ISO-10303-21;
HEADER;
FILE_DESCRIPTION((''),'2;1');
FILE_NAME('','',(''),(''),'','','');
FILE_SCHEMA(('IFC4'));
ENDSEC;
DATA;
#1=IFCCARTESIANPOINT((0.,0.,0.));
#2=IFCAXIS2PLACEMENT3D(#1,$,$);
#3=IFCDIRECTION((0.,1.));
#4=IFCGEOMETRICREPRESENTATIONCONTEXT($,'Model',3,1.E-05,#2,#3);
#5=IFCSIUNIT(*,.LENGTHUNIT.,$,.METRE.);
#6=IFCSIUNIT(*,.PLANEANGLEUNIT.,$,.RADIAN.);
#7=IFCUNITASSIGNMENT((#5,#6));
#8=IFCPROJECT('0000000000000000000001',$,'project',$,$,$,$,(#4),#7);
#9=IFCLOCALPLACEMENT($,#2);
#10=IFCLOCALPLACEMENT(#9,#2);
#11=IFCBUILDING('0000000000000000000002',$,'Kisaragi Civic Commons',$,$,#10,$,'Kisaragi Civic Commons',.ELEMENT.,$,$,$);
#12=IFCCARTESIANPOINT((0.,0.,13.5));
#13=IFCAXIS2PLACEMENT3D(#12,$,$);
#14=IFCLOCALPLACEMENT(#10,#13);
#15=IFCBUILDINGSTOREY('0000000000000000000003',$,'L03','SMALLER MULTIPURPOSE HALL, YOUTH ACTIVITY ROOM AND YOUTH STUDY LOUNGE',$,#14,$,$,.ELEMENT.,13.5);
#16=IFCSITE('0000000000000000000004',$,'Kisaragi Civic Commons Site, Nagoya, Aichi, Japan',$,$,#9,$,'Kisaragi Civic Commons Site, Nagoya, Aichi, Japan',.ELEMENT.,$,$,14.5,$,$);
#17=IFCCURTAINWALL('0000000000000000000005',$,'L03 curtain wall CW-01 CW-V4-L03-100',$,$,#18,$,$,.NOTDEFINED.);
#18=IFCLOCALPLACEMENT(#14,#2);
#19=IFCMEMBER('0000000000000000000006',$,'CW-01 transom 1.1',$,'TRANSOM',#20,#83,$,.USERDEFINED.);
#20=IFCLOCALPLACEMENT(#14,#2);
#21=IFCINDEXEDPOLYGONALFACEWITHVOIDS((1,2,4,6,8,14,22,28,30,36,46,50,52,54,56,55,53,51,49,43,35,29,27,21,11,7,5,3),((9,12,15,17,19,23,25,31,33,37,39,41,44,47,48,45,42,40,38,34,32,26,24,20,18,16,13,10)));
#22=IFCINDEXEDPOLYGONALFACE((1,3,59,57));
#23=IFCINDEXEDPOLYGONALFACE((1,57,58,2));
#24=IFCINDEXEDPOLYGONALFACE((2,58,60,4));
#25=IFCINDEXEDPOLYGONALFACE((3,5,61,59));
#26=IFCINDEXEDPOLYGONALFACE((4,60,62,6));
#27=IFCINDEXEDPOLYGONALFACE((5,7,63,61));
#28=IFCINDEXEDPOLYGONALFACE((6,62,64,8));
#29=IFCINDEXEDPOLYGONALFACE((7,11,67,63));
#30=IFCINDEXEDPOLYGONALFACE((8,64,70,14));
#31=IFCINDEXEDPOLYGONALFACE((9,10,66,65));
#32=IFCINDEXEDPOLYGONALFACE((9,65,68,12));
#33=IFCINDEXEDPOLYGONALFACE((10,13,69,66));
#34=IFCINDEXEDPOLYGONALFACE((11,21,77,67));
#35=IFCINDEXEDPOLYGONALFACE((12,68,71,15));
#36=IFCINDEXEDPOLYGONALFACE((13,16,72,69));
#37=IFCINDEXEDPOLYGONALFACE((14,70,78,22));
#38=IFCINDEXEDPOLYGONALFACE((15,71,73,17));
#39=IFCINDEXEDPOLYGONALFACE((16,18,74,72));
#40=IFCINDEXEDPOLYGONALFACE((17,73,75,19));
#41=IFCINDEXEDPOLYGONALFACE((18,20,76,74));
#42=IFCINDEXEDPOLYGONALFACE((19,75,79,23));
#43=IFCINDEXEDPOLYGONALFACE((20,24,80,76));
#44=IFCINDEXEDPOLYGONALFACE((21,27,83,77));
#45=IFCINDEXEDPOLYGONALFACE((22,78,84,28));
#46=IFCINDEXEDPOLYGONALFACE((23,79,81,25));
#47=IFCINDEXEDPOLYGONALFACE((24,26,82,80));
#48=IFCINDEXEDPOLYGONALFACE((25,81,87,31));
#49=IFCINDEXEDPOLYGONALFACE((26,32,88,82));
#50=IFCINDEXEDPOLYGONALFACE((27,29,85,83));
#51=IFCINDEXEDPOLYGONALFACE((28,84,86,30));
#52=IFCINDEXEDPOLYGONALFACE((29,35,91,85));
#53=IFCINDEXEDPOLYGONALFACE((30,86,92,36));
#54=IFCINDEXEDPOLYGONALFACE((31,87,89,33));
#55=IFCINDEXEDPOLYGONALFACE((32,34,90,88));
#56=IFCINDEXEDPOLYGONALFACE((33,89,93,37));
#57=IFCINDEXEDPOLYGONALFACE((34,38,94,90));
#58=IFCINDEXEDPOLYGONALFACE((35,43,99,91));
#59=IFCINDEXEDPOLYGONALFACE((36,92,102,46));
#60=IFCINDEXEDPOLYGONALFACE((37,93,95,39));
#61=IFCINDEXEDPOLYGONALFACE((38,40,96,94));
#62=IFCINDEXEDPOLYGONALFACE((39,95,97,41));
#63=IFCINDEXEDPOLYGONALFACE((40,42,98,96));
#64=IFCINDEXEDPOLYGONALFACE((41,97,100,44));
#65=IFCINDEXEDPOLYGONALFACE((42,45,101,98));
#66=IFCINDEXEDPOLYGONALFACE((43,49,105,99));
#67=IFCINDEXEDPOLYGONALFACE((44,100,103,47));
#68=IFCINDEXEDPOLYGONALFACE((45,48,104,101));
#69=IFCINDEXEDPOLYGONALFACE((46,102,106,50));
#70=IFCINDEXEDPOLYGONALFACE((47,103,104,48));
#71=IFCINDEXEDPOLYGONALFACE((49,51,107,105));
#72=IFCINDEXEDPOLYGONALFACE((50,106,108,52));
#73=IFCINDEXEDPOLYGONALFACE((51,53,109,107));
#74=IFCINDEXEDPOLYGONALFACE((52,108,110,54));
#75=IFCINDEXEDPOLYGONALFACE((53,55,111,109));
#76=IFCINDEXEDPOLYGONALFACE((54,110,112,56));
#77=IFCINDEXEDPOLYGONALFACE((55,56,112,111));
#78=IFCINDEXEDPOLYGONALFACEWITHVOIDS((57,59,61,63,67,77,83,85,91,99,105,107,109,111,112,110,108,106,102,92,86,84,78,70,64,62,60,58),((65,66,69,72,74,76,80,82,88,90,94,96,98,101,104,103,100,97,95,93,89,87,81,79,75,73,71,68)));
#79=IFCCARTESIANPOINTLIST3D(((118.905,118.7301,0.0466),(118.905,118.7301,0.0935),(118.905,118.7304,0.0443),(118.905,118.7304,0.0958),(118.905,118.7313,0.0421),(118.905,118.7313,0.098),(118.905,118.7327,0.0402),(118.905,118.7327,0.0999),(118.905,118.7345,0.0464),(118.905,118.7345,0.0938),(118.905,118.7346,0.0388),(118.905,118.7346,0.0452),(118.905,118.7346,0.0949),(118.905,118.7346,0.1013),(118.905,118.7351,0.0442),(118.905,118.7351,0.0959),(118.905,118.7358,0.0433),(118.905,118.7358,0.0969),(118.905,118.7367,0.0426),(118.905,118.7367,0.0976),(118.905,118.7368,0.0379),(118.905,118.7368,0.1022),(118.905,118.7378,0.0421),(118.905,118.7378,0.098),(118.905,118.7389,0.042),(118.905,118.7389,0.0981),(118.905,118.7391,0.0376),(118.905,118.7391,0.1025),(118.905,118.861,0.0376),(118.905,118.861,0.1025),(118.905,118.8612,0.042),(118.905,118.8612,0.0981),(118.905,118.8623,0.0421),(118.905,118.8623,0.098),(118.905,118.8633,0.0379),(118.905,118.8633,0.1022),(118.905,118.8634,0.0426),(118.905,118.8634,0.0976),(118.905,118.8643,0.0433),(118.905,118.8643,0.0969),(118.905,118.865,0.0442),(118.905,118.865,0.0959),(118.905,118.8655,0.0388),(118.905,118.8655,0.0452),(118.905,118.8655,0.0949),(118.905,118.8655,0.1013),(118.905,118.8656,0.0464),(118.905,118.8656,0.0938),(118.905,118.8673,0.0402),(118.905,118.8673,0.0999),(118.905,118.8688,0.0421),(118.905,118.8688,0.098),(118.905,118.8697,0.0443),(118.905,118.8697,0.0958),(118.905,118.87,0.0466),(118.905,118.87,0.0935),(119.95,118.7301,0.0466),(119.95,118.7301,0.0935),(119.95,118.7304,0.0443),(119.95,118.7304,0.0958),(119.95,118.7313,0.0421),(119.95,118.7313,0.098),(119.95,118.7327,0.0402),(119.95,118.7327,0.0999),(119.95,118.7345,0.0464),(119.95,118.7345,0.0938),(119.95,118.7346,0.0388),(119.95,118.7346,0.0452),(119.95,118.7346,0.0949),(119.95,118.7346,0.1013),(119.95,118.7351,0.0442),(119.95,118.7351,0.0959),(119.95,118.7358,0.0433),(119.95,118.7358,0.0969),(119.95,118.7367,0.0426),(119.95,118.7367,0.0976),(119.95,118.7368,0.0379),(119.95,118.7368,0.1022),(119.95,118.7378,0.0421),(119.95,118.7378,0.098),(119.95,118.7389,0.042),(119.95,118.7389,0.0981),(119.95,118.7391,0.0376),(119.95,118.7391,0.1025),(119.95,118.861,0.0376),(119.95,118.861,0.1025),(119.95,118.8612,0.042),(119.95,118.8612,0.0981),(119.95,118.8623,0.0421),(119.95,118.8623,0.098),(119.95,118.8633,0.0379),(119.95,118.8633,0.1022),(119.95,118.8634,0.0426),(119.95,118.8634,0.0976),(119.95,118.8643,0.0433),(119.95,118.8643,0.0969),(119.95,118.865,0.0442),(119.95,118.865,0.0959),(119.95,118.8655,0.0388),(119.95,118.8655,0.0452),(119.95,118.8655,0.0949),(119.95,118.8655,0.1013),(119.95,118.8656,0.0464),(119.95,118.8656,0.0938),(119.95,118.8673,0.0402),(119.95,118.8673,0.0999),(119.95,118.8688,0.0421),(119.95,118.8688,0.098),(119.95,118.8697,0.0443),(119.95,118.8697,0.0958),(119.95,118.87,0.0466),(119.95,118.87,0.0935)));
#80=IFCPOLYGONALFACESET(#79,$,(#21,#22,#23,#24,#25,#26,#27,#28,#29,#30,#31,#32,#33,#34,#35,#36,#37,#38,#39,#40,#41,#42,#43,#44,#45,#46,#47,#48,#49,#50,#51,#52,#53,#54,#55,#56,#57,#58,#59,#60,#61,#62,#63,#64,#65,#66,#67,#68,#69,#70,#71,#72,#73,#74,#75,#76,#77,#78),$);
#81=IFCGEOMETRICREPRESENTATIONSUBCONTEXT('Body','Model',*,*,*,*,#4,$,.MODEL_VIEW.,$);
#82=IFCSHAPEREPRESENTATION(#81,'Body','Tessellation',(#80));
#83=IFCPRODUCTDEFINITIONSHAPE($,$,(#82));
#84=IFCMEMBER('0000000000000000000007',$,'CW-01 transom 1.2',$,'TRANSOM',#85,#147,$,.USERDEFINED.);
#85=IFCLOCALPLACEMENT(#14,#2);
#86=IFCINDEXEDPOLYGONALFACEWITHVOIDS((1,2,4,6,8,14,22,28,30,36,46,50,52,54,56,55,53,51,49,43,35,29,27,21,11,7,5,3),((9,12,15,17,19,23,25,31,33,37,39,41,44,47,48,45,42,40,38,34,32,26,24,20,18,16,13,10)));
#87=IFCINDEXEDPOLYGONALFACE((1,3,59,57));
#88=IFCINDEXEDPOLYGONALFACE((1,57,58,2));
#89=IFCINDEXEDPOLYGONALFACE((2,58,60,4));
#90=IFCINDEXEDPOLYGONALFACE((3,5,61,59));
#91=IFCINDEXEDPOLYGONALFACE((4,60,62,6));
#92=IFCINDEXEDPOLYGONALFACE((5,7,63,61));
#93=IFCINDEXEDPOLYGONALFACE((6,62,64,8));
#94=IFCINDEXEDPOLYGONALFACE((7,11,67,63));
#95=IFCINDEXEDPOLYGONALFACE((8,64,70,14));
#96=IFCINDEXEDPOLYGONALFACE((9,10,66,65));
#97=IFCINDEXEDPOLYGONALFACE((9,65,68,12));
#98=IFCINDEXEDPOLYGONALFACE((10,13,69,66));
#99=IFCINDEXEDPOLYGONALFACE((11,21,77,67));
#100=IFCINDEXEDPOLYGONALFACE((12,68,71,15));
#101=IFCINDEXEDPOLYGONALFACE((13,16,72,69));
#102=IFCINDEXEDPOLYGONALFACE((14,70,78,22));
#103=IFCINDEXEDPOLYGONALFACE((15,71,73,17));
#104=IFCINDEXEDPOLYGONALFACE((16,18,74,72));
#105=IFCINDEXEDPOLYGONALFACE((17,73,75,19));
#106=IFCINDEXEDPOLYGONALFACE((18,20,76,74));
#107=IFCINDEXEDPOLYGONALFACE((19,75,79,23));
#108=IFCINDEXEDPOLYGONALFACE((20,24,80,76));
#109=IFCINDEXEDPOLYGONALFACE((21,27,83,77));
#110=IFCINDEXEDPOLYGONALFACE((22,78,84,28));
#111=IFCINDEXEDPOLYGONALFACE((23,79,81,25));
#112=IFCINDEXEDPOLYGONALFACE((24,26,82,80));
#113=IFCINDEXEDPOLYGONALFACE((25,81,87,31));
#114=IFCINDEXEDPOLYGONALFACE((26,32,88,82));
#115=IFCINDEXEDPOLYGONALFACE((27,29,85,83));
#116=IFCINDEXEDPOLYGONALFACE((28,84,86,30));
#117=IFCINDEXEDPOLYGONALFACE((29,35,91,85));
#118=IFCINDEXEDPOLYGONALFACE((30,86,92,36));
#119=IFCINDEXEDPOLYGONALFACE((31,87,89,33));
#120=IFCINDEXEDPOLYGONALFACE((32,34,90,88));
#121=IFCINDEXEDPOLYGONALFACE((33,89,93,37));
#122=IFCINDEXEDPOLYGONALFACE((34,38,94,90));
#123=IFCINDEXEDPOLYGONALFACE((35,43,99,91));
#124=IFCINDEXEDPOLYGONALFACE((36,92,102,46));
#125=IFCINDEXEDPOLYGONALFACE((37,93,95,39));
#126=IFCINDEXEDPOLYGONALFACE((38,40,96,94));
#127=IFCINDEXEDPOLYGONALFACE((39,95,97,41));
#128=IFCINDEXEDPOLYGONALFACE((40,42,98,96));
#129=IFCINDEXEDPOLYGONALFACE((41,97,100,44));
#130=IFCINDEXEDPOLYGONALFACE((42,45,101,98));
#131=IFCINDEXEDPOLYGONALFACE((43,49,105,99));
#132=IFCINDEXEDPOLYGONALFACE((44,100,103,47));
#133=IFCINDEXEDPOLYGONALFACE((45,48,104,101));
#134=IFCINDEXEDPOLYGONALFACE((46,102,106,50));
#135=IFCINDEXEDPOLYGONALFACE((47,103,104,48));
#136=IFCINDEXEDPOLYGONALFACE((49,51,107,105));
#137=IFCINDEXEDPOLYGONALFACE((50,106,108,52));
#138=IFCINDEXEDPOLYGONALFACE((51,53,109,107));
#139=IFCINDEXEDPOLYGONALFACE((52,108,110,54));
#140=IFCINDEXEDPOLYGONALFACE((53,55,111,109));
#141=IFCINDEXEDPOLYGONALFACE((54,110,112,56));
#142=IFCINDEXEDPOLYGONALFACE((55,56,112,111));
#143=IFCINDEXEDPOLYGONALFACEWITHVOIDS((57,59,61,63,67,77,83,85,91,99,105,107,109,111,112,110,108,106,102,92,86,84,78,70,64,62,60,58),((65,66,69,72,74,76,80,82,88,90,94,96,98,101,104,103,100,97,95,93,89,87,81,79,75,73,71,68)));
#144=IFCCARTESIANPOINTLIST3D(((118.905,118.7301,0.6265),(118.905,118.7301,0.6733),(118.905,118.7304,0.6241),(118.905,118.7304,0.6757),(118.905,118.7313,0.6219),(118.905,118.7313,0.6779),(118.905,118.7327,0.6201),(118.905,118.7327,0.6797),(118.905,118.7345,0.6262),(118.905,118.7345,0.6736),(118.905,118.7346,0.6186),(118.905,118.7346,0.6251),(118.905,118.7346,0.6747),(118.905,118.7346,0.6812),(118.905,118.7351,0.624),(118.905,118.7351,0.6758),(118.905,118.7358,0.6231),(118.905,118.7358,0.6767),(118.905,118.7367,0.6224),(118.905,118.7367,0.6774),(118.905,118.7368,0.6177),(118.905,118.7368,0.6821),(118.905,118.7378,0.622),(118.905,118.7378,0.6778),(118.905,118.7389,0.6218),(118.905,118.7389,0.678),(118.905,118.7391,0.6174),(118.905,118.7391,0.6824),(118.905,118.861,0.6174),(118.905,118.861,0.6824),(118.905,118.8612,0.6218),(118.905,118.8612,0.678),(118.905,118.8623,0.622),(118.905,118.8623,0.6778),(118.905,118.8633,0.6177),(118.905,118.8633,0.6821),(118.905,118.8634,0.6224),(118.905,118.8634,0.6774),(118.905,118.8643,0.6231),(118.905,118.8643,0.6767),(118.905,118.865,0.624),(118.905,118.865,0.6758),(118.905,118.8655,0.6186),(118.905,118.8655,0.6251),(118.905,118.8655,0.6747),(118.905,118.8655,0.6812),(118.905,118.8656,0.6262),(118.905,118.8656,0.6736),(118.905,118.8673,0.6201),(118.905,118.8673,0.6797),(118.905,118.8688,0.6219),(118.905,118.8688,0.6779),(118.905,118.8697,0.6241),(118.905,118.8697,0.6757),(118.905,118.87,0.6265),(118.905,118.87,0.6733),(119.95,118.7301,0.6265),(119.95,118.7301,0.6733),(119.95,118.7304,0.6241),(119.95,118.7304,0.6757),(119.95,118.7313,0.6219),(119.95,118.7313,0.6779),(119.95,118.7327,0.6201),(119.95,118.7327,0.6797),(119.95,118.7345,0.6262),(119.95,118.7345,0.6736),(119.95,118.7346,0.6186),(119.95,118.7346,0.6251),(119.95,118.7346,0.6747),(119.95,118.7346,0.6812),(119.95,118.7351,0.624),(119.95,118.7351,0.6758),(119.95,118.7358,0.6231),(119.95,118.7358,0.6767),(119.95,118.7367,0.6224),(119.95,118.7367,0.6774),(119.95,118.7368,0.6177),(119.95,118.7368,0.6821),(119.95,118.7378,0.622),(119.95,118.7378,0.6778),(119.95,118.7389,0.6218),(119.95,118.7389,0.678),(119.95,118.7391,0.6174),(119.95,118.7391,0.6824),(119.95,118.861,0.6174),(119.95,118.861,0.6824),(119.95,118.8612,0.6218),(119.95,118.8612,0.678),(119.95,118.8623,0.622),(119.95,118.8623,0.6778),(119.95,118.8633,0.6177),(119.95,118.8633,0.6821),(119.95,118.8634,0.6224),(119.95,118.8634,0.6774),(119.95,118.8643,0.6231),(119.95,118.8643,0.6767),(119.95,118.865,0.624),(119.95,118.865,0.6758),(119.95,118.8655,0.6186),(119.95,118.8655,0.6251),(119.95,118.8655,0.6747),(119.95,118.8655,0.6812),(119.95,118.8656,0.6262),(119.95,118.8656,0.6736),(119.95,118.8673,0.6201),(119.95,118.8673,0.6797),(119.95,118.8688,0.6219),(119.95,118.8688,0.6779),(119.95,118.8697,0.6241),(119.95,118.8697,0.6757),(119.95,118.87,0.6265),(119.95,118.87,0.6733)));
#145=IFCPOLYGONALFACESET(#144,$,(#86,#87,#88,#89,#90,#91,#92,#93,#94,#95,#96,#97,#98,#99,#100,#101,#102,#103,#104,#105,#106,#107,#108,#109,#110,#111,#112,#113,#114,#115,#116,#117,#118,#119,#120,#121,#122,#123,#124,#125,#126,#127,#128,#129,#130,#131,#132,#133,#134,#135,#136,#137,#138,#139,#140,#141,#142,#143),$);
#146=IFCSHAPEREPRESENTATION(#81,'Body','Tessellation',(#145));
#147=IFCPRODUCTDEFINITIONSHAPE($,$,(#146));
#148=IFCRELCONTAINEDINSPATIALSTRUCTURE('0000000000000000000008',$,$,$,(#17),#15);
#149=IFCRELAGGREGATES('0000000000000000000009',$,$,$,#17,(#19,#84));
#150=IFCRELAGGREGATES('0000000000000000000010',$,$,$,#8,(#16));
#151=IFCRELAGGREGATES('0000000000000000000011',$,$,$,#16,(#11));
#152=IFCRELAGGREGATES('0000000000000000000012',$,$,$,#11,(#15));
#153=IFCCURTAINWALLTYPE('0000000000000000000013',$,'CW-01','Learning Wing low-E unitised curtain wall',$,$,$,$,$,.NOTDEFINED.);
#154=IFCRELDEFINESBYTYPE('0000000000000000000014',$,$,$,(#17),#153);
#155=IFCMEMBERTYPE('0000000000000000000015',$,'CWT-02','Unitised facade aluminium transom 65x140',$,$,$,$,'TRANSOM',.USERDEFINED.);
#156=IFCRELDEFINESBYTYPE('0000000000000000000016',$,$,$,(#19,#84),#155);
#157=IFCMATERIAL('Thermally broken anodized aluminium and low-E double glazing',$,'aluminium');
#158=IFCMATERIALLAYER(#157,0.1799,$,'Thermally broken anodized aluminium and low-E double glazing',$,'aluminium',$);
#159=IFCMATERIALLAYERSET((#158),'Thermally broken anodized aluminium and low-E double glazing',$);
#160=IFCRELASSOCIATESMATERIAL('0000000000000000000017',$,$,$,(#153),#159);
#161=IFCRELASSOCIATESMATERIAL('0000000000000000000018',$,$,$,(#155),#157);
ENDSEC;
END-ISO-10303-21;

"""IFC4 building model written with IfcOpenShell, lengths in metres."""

from ifc_helpers import new_model, si_unit, direction, frame, origin, origin_2d, place, context, subcontext, project, spatial, hollow_rectangle, extrude, material, layer, layer_set, material_profile, profile_set, type_object, element, aggregate, save


model = new_model("IFC4")

# Units and contexts
model_context = context("Model", 3, precision=1e-05, world=origin(), true_north=direction((0.0, 1.0)))
body_context = subcontext(model_context, "Body", "Model", "MODEL_VIEW")
ifc_project = project(units=[si_unit("LENGTHUNIT", "METRE"), si_unit("PLANEANGLEUNIT", "RADIAN")], contexts=[model_context])

# Site, building, storey
site_placement = place(None, origin())
site = spatial("IfcSite", under=ifc_project, at=site_placement, Name="Kisaragi Civic Commons Site, Nagoya, Aichi, Japan", LongName="Kisaragi Civic Commons Site, Nagoya, Aichi, Japan", CompositionType="ELEMENT", RefElevation=14.5)
building_placement = place(site_placement, origin())
building = spatial("IfcBuilding", under=site, at=building_placement, Name="Kisaragi Civic Commons", LongName="Kisaragi Civic Commons", CompositionType="ELEMENT")
storey_placement = place(building_placement, frame((0.0, 0.0, 13.5)))
storey = spatial("IfcBuildingStorey", under=building, at=storey_placement, Name="L03", Description="SMALLER MULTIPURPOSE HALL, YOUTH ACTIVITY ROOM AND YOUTH STUDY LOUNGE", CompositionType="ELEMENT", Elevation=13.5)

# Shared definitions
ifc_material = material(Name="Thermally broken anodized aluminium and low-E double glazing", Category="aluminium")
ifc_layer_1 = layer(ifc_material, 0.1799, Name="Thermally broken anodized aluminium and low-E double glazing", Category="aluminium")
ifc_layer_set_1 = layer_set([ifc_layer_1], Name="Thermally broken anodized aluminium and low-E double glazing")
curtain_wall_type = type_object("IfcCurtainWallType", Name="CW-01", Description="Learning Wing low-E unitised curtain wall", PredefinedType="NOTDEFINED", material=ifc_layer_set_1)

# Curtain wall
curtain_wall_1_placement = place(storey_placement, origin())
curtain_wall_1 = element("IfcCurtainWall", 1, at=curtain_wall_1_placement, inside=storey, type_object=curtain_wall_type, Name="L03 curtain wall CW-01 CW-V4-L03-100", PredefinedType="NOTDEFINED")

# Members
ifc_material_profile_1 = material_profile(ifc_material, hollow_rectangle(XDim=0.1399, YDim=0.0649, WallThickness=0.0044, InnerFilletRadius=0.0044, OuterFilletRadius=0.009, at=origin_2d()), Name="CWT-65x140x4.5", Category="aluminium")
ifc_profile_set_1 = profile_set([ifc_material_profile_1], Name="Thermally broken anodized aluminium and low-E double glazing")
member_type_1 = type_object("IfcMemberType", Name="CWT-02", Description="Unitised facade aluminium transom 65x140", ElementType="TRANSOM", PredefinedType="USERDEFINED", material=ifc_profile_set_1)
member_1_placement = place(storey_placement, frame((118.905, 118.8, 0.0701), z_axis=(1.0, 0.0, 0.0), x_axis=(0.0, 1.0, 0.0)))
member_1 = element("IfcMember", 2, at=member_1_placement, type_object=member_type_1, Name="CW-01 transom 1.1", ObjectType="TRANSOM", PredefinedType="USERDEFINED", context=body_context, shape_type="SweptSolid", body=[
    extrude(hollow_rectangle(XDim=0.1399, YDim=0.0649, WallThickness=0.0044, InnerFilletRadius=0.0044, OuterFilletRadius=0.009, at=origin_2d()), origin(), (0.0, 0.0, 1.0), 1.0449),
])
member_2_placement = place(storey_placement, frame((118.905, 118.8, 0.6499), z_axis=(1.0, 0.0, 0.0), x_axis=(0.0, 1.0, 0.0)))
member_2 = element("IfcMember", 3, at=member_2_placement, type_object=member_type_1, Name="CW-01 transom 1.2", ObjectType="TRANSOM", PredefinedType="USERDEFINED", context=body_context, shape_type="SweptSolid", body=[
    extrude(hollow_rectangle(XDim=0.1399, YDim=0.0649, WallThickness=0.0044, InnerFilletRadius=0.0044, OuterFilletRadius=0.009, at=origin_2d()), origin(), (0.0, 0.0, 1.0), 1.0449),
])

aggregate(curtain_wall_1, [member_1, member_2])

save(model, "model.ifc")
